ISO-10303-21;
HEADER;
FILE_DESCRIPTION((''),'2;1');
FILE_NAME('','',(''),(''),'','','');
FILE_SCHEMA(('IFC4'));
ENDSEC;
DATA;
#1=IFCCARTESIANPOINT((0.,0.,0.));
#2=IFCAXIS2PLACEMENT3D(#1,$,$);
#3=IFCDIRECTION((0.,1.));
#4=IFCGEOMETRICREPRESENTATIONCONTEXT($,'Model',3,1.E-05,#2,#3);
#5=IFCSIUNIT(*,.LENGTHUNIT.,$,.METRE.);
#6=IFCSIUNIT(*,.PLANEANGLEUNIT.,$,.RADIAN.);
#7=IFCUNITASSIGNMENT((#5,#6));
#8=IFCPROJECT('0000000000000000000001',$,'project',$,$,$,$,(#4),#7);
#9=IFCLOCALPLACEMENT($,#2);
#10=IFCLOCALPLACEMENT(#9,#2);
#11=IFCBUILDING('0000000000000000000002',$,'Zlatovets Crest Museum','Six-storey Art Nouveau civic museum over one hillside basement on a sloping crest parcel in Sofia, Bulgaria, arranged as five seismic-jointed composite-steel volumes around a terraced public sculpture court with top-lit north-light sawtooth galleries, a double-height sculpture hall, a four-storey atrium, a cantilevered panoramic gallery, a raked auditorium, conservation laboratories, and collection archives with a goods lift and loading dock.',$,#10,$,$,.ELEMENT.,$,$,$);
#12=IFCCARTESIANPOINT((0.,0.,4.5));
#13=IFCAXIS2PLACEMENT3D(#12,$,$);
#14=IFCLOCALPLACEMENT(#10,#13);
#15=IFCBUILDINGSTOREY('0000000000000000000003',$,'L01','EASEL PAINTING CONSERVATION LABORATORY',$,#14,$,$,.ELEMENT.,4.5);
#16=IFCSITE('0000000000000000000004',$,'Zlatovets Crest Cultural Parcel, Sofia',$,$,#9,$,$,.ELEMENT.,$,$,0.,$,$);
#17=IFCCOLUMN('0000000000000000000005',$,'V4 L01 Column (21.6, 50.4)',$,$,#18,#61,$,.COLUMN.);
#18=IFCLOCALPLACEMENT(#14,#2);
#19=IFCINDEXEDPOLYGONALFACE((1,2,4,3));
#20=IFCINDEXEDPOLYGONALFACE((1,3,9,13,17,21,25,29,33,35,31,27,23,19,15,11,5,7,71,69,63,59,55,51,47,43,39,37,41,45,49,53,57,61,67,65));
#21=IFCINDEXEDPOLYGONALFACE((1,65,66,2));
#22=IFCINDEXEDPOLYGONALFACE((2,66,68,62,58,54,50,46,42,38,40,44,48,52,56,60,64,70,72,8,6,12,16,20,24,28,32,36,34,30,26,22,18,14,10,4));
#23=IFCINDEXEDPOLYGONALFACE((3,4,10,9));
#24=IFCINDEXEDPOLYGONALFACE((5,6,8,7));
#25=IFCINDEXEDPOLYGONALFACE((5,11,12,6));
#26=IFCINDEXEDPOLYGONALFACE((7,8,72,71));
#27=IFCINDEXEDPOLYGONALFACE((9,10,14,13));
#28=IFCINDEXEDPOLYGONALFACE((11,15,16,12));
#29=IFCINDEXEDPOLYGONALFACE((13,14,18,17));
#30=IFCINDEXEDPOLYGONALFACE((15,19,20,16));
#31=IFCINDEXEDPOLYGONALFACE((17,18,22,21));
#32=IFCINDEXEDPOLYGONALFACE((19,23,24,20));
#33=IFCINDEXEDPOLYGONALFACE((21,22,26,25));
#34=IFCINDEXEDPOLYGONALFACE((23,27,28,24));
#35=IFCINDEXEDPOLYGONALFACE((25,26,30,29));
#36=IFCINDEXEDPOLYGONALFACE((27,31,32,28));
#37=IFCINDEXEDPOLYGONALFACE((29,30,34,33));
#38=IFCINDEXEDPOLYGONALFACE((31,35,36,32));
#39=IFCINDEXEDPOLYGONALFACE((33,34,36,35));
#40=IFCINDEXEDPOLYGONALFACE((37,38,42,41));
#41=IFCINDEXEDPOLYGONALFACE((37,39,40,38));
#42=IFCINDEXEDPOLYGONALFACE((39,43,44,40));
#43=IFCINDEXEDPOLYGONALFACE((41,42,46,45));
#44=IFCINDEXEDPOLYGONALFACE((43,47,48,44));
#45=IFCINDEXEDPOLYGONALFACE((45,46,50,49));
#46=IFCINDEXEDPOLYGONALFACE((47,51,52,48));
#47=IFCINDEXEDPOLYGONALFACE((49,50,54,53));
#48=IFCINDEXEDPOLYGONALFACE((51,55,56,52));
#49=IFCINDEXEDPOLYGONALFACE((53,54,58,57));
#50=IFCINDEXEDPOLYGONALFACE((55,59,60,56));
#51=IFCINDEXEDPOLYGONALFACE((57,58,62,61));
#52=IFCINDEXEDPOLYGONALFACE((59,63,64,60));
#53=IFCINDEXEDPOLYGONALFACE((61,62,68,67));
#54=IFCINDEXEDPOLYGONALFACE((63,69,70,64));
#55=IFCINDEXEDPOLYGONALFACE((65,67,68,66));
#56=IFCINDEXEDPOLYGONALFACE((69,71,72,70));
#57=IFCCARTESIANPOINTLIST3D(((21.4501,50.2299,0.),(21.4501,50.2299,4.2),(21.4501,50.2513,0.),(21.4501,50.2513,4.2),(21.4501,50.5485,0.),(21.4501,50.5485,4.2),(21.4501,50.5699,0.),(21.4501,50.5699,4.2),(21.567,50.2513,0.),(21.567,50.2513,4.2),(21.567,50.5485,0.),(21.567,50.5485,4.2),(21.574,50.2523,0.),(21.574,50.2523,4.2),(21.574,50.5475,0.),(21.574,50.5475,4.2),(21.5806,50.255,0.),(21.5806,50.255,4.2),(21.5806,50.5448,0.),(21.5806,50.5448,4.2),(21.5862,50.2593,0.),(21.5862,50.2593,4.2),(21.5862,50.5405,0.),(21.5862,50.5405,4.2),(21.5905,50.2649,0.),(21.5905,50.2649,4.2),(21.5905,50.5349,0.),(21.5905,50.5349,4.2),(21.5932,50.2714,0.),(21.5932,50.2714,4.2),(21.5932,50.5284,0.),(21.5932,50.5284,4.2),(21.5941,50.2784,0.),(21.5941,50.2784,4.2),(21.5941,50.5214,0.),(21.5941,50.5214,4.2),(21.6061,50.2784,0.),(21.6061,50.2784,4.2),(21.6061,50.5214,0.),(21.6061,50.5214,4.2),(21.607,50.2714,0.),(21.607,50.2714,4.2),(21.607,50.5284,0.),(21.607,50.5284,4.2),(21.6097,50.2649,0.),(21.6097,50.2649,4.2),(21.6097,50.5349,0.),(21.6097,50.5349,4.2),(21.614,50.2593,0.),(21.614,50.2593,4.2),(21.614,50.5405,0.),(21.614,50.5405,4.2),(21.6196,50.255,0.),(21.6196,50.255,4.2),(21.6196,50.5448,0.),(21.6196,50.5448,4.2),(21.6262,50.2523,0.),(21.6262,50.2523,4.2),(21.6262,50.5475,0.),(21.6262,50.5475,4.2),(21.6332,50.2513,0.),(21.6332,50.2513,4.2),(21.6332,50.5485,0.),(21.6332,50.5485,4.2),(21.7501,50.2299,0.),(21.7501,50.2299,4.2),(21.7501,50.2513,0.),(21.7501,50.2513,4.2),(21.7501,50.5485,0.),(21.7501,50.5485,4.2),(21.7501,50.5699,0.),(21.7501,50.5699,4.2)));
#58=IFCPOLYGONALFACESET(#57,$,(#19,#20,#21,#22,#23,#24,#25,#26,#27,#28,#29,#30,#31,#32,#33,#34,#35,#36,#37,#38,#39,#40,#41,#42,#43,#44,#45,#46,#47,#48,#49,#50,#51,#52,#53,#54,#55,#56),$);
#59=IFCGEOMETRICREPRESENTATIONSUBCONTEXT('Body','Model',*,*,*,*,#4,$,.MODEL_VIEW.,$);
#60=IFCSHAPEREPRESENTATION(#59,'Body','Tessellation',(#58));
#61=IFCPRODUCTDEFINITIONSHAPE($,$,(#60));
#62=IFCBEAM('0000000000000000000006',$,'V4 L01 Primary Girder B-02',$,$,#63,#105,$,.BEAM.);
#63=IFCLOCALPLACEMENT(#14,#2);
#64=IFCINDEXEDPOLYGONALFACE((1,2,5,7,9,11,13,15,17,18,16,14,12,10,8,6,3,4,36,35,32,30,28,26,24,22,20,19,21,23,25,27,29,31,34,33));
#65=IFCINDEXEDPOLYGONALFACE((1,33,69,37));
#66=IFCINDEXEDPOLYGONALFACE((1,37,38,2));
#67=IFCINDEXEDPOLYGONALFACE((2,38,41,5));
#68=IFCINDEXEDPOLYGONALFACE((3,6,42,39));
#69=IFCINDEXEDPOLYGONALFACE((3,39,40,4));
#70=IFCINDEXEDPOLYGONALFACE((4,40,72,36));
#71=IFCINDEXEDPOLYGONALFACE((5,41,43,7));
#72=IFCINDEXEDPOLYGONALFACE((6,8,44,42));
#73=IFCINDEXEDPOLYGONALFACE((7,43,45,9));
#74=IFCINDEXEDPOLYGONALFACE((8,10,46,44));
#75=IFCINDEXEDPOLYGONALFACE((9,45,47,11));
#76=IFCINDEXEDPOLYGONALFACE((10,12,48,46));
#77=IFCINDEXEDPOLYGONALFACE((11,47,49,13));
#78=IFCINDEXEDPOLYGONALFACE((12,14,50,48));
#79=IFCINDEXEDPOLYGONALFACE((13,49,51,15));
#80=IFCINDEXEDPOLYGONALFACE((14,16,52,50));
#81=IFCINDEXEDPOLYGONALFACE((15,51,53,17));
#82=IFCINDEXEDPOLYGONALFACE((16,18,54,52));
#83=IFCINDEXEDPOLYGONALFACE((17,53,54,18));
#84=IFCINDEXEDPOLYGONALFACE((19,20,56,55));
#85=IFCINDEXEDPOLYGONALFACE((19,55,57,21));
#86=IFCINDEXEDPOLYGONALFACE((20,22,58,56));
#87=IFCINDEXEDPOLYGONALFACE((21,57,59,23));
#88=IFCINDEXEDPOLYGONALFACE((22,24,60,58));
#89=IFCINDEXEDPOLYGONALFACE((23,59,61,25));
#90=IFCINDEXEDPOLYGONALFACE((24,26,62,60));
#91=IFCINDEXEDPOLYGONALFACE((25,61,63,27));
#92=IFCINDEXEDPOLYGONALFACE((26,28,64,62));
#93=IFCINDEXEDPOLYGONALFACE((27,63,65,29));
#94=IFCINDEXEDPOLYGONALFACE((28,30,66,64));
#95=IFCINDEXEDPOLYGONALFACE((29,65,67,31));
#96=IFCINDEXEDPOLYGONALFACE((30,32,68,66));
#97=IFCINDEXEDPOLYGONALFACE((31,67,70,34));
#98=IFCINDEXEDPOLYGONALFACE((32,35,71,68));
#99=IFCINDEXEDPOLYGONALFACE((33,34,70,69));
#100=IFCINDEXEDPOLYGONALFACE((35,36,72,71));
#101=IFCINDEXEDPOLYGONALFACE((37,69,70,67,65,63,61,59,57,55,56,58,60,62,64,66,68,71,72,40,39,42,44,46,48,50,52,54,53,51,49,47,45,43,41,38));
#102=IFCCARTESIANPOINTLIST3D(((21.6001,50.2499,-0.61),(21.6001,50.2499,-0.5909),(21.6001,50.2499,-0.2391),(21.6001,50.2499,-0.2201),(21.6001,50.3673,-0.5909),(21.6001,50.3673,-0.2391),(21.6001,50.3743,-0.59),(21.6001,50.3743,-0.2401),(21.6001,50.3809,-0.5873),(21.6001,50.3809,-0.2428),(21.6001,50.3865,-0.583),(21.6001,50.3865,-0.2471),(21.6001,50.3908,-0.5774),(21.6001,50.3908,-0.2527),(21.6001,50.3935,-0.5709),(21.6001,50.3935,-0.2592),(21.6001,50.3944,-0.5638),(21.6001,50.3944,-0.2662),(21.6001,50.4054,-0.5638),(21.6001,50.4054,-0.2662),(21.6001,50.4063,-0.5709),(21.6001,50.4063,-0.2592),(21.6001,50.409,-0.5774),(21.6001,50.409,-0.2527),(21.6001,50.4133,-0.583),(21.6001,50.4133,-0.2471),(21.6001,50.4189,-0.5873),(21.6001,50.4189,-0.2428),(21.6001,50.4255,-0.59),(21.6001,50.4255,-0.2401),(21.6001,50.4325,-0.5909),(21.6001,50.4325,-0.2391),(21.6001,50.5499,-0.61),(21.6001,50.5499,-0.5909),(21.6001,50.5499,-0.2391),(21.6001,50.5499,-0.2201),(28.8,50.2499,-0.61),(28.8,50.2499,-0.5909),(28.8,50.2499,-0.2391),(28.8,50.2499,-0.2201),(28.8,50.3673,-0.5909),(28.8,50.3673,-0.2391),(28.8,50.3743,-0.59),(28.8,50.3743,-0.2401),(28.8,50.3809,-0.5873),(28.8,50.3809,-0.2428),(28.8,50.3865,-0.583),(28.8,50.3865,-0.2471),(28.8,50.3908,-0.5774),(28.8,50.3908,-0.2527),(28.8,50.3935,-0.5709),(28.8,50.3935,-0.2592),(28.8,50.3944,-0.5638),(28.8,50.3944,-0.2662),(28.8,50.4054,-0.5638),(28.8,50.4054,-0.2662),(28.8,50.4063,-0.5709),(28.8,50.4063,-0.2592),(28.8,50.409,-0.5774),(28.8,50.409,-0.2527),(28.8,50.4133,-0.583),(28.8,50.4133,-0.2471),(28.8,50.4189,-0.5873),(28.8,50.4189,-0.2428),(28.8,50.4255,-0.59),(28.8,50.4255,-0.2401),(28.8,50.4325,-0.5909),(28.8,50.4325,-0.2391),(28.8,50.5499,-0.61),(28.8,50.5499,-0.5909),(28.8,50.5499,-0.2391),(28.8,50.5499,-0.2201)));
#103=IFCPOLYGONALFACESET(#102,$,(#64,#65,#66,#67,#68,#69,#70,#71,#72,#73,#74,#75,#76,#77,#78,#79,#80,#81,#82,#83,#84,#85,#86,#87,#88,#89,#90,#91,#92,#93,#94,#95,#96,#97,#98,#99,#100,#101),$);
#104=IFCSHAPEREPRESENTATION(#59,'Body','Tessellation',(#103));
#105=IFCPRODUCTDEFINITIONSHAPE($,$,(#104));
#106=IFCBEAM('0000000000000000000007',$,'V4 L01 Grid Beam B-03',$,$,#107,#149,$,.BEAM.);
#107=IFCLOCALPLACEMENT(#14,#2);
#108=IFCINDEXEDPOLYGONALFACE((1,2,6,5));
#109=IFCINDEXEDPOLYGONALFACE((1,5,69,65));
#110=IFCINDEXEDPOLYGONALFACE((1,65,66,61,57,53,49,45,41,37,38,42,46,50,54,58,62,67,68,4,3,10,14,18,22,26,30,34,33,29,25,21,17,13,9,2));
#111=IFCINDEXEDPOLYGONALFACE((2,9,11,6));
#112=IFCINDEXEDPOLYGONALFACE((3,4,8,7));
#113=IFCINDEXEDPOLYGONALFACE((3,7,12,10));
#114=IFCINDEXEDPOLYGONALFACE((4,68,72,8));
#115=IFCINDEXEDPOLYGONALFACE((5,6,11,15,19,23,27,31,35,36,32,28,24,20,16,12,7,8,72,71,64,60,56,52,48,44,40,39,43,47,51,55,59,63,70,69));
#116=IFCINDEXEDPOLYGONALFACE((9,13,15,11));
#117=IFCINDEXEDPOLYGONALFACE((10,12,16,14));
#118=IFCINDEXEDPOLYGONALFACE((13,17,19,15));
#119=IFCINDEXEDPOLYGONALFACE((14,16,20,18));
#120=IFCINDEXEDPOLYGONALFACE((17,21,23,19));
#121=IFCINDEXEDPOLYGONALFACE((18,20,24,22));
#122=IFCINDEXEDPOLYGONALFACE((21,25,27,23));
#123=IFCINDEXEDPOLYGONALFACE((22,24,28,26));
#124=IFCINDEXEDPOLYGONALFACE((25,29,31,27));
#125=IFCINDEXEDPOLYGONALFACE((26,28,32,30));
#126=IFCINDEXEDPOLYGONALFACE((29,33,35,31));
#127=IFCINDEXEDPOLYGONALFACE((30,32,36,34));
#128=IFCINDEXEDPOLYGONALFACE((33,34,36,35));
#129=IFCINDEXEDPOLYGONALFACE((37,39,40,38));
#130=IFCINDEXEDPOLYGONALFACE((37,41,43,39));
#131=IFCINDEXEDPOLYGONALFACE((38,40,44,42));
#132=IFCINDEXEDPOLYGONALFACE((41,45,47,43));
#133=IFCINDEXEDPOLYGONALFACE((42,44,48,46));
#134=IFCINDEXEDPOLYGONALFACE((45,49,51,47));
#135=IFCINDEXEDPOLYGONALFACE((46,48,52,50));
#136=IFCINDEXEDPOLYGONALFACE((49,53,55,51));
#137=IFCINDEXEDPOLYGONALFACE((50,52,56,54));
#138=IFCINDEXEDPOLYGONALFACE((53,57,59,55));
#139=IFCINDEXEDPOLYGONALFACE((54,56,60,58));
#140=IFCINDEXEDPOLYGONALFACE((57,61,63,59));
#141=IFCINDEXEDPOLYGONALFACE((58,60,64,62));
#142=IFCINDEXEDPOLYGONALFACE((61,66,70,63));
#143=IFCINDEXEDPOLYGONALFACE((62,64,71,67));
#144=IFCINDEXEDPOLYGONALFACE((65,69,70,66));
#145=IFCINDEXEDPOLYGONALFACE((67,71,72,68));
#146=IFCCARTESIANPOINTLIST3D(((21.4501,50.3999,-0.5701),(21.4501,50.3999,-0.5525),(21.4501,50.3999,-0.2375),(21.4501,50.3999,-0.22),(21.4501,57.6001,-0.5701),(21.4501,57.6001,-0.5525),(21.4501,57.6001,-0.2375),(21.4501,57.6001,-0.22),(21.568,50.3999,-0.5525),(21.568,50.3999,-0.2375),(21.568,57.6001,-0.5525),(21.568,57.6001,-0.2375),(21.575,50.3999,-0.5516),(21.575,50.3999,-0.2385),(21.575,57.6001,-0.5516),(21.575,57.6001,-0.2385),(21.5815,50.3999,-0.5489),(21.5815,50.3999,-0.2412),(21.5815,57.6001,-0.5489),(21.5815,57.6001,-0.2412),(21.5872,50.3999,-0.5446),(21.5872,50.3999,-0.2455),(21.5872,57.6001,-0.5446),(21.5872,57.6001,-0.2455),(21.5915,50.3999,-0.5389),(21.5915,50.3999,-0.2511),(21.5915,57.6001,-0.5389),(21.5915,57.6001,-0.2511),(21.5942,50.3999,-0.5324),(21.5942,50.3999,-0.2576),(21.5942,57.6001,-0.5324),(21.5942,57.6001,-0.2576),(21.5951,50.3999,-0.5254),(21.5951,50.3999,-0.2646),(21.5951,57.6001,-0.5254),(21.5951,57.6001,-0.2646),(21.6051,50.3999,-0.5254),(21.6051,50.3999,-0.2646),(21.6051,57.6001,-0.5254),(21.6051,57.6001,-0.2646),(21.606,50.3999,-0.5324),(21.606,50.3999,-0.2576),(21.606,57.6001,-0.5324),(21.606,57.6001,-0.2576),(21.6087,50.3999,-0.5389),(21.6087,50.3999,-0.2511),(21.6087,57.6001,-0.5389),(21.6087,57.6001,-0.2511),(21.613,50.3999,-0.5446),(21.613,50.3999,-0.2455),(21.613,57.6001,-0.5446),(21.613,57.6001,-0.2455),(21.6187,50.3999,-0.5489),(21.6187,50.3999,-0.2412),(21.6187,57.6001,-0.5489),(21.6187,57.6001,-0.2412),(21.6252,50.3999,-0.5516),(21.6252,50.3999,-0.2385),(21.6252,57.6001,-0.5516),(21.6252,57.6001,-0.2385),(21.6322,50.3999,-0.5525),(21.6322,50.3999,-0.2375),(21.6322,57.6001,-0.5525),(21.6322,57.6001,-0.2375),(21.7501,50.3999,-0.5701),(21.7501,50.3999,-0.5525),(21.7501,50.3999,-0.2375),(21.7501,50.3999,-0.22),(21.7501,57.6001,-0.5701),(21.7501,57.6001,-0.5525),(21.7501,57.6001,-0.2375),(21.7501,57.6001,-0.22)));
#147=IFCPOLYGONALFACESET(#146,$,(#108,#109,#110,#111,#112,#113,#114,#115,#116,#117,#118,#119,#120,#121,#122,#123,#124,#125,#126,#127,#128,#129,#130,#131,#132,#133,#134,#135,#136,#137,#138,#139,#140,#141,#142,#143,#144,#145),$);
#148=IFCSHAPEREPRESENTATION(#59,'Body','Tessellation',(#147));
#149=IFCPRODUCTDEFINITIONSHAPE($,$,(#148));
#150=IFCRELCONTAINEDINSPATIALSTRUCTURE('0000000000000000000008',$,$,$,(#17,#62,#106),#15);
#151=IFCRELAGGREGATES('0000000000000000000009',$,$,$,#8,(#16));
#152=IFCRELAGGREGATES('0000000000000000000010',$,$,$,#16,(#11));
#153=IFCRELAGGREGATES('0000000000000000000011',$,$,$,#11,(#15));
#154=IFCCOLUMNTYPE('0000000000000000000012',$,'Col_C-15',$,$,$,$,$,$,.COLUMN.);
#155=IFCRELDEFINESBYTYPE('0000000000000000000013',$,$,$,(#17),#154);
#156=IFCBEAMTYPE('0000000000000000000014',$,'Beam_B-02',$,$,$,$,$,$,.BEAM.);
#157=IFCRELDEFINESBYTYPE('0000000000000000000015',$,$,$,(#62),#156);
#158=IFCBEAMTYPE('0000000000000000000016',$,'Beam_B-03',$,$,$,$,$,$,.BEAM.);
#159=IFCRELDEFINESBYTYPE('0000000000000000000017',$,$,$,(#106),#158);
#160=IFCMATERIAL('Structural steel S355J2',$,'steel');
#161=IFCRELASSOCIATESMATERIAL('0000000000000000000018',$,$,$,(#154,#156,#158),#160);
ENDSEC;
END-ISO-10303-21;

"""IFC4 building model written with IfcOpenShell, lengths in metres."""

from ifc_helpers import new_model, si_unit, direction, frame, origin, origin_2d, place, context, subcontext, project, spatial, i_section, extrude, material, material_profile, profile_set, type_object, element, save


model = new_model("IFC4")

# Units and contexts
model_context = context("Model", 3, precision=1e-05, world=origin(), true_north=direction((0.0, 1.0)))
body_context = subcontext(model_context, "Body", "Model", "MODEL_VIEW")
ifc_project = project(units=[si_unit("LENGTHUNIT", "METRE"), si_unit("PLANEANGLEUNIT", "RADIAN")], contexts=[model_context])

# Site, building, storey
site_placement = place(None, origin())
site = spatial("IfcSite", under=ifc_project, at=site_placement, Name="Zlatovets Crest Cultural Parcel, Sofia", CompositionType="ELEMENT", RefElevation=0.0)
building_placement = place(site_placement, origin())
building = spatial("IfcBuilding", under=site, at=building_placement, Name="Zlatovets Crest Museum", Description="Six-storey Art Nouveau civic museum over one hillside basement on a sloping crest parcel in Sofia, Bulgaria, arranged as five seismic-jointed composite-steel volumes around a terraced public sculpture court with top-lit north-light sawtooth galleries, a double-height sculpture hall, a four-storey atrium, a cantilevered panoramic gallery, a raked auditorium, conservation laboratories, and collection archives with a goods lift and loading dock.", CompositionType="ELEMENT")
storey_placement = place(building_placement, frame((0.0, 0.0, 4.5)))
storey = spatial("IfcBuildingStorey", under=building, at=storey_placement, Name="L01", Description="EASEL PAINTING CONSERVATION LABORATORY", CompositionType="ELEMENT", Elevation=4.5)

# Column
ifc_material_1 = material(Name="Structural steel S355J2", Category="steel")
ifc_material_profile_1 = material_profile(ifc_material_1, i_section(OverallWidth=0.3, OverallDepth=0.3401, WebThickness=0.012, FlangeThickness=0.0215, FilletRadius=0.0271, at=origin_2d()), Name="HEB 340")
ifc_profile_set_1 = profile_set([ifc_material_profile_1], Name="Structural steel S355J2")
column_type = type_object("IfcColumnType", Name="Col_C-15", PredefinedType="COLUMN", material=ifc_profile_set_1)
column_placement = place(storey_placement, frame((21.6001, 50.3999, 0.0), z_axis=(0.0, 0.0, 1.0), x_axis=(1.0, 0.0, 0.0)))
element("IfcColumn", 1, at=column_placement, inside=storey, type_object=column_type, Name="V4 L01 Column (21.6, 50.4)", PredefinedType="COLUMN", context=body_context, shape_type="SweptSolid", body=[
    extrude(i_section(OverallWidth=0.3, OverallDepth=0.3401, WebThickness=0.012, FlangeThickness=0.0215, FilletRadius=0.0271, at=origin_2d()), origin(), (0.0, 0.0, 1.0), 4.2),
])

# Beams
ifc_material_profile_2 = material_profile(ifc_material_1, i_section(OverallWidth=0.3, OverallDepth=0.3899, WebThickness=0.011, FlangeThickness=0.019, FilletRadius=0.0271, at=origin_2d()), Name="HEA 400")
ifc_profile_set_2 = profile_set([ifc_material_profile_2], Name="Structural steel S355J2")
beam_type_1 = type_object("IfcBeamType", Name="Beam_B-02", PredefinedType="BEAM", material=ifc_profile_set_2)
beam_1_placement = place(storey_placement, frame((21.6001, 50.3999, -0.415), z_axis=(1.0, 0.0, 0.0), x_axis=(0.0, 1.0, 0.0)))
element("IfcBeam", 2, at=beam_1_placement, inside=storey, type_object=beam_type_1, Name="V4 L01 Primary Girder B-02", PredefinedType="BEAM", context=body_context, shape_type="SweptSolid", body=[
    extrude(i_section(OverallWidth=0.3, OverallDepth=0.3899, WebThickness=0.011, FlangeThickness=0.019, FilletRadius=0.0271, at=origin_2d()), origin(), (0.0, 0.0, 1.0), 7.2),
])
ifc_material_profile_3 = material_profile(ifc_material_1, i_section(OverallWidth=0.3, OverallDepth=0.3501, WebThickness=0.01, FlangeThickness=0.0176, FilletRadius=0.0271, at=origin_2d()), Name="HEA 360")
ifc_profile_set_3 = profile_set([ifc_material_profile_3], Name="Structural steel S355J2")
beam_type_2 = type_object("IfcBeamType", Name="Beam_B-03", PredefinedType="BEAM", material=ifc_profile_set_3)
beam_2_placement = place(storey_placement, frame((21.6001, 50.3999, -0.395), z_axis=(0.0, 1.0, 0.0), x_axis=(-1.0, 0.0, 0.0)))
element("IfcBeam", 3, at=beam_2_placement, inside=storey, type_object=beam_type_2, Name="V4 L01 Grid Beam B-03", PredefinedType="BEAM", context=body_context, shape_type="SweptSolid", body=[
    extrude(i_section(OverallWidth=0.3, OverallDepth=0.3501, WebThickness=0.01, FlangeThickness=0.0176, FilletRadius=0.0271, at=origin_2d()), origin(), (0.0, 0.0, 1.0), 7.2002),
])

save(model, "model.ifc")
